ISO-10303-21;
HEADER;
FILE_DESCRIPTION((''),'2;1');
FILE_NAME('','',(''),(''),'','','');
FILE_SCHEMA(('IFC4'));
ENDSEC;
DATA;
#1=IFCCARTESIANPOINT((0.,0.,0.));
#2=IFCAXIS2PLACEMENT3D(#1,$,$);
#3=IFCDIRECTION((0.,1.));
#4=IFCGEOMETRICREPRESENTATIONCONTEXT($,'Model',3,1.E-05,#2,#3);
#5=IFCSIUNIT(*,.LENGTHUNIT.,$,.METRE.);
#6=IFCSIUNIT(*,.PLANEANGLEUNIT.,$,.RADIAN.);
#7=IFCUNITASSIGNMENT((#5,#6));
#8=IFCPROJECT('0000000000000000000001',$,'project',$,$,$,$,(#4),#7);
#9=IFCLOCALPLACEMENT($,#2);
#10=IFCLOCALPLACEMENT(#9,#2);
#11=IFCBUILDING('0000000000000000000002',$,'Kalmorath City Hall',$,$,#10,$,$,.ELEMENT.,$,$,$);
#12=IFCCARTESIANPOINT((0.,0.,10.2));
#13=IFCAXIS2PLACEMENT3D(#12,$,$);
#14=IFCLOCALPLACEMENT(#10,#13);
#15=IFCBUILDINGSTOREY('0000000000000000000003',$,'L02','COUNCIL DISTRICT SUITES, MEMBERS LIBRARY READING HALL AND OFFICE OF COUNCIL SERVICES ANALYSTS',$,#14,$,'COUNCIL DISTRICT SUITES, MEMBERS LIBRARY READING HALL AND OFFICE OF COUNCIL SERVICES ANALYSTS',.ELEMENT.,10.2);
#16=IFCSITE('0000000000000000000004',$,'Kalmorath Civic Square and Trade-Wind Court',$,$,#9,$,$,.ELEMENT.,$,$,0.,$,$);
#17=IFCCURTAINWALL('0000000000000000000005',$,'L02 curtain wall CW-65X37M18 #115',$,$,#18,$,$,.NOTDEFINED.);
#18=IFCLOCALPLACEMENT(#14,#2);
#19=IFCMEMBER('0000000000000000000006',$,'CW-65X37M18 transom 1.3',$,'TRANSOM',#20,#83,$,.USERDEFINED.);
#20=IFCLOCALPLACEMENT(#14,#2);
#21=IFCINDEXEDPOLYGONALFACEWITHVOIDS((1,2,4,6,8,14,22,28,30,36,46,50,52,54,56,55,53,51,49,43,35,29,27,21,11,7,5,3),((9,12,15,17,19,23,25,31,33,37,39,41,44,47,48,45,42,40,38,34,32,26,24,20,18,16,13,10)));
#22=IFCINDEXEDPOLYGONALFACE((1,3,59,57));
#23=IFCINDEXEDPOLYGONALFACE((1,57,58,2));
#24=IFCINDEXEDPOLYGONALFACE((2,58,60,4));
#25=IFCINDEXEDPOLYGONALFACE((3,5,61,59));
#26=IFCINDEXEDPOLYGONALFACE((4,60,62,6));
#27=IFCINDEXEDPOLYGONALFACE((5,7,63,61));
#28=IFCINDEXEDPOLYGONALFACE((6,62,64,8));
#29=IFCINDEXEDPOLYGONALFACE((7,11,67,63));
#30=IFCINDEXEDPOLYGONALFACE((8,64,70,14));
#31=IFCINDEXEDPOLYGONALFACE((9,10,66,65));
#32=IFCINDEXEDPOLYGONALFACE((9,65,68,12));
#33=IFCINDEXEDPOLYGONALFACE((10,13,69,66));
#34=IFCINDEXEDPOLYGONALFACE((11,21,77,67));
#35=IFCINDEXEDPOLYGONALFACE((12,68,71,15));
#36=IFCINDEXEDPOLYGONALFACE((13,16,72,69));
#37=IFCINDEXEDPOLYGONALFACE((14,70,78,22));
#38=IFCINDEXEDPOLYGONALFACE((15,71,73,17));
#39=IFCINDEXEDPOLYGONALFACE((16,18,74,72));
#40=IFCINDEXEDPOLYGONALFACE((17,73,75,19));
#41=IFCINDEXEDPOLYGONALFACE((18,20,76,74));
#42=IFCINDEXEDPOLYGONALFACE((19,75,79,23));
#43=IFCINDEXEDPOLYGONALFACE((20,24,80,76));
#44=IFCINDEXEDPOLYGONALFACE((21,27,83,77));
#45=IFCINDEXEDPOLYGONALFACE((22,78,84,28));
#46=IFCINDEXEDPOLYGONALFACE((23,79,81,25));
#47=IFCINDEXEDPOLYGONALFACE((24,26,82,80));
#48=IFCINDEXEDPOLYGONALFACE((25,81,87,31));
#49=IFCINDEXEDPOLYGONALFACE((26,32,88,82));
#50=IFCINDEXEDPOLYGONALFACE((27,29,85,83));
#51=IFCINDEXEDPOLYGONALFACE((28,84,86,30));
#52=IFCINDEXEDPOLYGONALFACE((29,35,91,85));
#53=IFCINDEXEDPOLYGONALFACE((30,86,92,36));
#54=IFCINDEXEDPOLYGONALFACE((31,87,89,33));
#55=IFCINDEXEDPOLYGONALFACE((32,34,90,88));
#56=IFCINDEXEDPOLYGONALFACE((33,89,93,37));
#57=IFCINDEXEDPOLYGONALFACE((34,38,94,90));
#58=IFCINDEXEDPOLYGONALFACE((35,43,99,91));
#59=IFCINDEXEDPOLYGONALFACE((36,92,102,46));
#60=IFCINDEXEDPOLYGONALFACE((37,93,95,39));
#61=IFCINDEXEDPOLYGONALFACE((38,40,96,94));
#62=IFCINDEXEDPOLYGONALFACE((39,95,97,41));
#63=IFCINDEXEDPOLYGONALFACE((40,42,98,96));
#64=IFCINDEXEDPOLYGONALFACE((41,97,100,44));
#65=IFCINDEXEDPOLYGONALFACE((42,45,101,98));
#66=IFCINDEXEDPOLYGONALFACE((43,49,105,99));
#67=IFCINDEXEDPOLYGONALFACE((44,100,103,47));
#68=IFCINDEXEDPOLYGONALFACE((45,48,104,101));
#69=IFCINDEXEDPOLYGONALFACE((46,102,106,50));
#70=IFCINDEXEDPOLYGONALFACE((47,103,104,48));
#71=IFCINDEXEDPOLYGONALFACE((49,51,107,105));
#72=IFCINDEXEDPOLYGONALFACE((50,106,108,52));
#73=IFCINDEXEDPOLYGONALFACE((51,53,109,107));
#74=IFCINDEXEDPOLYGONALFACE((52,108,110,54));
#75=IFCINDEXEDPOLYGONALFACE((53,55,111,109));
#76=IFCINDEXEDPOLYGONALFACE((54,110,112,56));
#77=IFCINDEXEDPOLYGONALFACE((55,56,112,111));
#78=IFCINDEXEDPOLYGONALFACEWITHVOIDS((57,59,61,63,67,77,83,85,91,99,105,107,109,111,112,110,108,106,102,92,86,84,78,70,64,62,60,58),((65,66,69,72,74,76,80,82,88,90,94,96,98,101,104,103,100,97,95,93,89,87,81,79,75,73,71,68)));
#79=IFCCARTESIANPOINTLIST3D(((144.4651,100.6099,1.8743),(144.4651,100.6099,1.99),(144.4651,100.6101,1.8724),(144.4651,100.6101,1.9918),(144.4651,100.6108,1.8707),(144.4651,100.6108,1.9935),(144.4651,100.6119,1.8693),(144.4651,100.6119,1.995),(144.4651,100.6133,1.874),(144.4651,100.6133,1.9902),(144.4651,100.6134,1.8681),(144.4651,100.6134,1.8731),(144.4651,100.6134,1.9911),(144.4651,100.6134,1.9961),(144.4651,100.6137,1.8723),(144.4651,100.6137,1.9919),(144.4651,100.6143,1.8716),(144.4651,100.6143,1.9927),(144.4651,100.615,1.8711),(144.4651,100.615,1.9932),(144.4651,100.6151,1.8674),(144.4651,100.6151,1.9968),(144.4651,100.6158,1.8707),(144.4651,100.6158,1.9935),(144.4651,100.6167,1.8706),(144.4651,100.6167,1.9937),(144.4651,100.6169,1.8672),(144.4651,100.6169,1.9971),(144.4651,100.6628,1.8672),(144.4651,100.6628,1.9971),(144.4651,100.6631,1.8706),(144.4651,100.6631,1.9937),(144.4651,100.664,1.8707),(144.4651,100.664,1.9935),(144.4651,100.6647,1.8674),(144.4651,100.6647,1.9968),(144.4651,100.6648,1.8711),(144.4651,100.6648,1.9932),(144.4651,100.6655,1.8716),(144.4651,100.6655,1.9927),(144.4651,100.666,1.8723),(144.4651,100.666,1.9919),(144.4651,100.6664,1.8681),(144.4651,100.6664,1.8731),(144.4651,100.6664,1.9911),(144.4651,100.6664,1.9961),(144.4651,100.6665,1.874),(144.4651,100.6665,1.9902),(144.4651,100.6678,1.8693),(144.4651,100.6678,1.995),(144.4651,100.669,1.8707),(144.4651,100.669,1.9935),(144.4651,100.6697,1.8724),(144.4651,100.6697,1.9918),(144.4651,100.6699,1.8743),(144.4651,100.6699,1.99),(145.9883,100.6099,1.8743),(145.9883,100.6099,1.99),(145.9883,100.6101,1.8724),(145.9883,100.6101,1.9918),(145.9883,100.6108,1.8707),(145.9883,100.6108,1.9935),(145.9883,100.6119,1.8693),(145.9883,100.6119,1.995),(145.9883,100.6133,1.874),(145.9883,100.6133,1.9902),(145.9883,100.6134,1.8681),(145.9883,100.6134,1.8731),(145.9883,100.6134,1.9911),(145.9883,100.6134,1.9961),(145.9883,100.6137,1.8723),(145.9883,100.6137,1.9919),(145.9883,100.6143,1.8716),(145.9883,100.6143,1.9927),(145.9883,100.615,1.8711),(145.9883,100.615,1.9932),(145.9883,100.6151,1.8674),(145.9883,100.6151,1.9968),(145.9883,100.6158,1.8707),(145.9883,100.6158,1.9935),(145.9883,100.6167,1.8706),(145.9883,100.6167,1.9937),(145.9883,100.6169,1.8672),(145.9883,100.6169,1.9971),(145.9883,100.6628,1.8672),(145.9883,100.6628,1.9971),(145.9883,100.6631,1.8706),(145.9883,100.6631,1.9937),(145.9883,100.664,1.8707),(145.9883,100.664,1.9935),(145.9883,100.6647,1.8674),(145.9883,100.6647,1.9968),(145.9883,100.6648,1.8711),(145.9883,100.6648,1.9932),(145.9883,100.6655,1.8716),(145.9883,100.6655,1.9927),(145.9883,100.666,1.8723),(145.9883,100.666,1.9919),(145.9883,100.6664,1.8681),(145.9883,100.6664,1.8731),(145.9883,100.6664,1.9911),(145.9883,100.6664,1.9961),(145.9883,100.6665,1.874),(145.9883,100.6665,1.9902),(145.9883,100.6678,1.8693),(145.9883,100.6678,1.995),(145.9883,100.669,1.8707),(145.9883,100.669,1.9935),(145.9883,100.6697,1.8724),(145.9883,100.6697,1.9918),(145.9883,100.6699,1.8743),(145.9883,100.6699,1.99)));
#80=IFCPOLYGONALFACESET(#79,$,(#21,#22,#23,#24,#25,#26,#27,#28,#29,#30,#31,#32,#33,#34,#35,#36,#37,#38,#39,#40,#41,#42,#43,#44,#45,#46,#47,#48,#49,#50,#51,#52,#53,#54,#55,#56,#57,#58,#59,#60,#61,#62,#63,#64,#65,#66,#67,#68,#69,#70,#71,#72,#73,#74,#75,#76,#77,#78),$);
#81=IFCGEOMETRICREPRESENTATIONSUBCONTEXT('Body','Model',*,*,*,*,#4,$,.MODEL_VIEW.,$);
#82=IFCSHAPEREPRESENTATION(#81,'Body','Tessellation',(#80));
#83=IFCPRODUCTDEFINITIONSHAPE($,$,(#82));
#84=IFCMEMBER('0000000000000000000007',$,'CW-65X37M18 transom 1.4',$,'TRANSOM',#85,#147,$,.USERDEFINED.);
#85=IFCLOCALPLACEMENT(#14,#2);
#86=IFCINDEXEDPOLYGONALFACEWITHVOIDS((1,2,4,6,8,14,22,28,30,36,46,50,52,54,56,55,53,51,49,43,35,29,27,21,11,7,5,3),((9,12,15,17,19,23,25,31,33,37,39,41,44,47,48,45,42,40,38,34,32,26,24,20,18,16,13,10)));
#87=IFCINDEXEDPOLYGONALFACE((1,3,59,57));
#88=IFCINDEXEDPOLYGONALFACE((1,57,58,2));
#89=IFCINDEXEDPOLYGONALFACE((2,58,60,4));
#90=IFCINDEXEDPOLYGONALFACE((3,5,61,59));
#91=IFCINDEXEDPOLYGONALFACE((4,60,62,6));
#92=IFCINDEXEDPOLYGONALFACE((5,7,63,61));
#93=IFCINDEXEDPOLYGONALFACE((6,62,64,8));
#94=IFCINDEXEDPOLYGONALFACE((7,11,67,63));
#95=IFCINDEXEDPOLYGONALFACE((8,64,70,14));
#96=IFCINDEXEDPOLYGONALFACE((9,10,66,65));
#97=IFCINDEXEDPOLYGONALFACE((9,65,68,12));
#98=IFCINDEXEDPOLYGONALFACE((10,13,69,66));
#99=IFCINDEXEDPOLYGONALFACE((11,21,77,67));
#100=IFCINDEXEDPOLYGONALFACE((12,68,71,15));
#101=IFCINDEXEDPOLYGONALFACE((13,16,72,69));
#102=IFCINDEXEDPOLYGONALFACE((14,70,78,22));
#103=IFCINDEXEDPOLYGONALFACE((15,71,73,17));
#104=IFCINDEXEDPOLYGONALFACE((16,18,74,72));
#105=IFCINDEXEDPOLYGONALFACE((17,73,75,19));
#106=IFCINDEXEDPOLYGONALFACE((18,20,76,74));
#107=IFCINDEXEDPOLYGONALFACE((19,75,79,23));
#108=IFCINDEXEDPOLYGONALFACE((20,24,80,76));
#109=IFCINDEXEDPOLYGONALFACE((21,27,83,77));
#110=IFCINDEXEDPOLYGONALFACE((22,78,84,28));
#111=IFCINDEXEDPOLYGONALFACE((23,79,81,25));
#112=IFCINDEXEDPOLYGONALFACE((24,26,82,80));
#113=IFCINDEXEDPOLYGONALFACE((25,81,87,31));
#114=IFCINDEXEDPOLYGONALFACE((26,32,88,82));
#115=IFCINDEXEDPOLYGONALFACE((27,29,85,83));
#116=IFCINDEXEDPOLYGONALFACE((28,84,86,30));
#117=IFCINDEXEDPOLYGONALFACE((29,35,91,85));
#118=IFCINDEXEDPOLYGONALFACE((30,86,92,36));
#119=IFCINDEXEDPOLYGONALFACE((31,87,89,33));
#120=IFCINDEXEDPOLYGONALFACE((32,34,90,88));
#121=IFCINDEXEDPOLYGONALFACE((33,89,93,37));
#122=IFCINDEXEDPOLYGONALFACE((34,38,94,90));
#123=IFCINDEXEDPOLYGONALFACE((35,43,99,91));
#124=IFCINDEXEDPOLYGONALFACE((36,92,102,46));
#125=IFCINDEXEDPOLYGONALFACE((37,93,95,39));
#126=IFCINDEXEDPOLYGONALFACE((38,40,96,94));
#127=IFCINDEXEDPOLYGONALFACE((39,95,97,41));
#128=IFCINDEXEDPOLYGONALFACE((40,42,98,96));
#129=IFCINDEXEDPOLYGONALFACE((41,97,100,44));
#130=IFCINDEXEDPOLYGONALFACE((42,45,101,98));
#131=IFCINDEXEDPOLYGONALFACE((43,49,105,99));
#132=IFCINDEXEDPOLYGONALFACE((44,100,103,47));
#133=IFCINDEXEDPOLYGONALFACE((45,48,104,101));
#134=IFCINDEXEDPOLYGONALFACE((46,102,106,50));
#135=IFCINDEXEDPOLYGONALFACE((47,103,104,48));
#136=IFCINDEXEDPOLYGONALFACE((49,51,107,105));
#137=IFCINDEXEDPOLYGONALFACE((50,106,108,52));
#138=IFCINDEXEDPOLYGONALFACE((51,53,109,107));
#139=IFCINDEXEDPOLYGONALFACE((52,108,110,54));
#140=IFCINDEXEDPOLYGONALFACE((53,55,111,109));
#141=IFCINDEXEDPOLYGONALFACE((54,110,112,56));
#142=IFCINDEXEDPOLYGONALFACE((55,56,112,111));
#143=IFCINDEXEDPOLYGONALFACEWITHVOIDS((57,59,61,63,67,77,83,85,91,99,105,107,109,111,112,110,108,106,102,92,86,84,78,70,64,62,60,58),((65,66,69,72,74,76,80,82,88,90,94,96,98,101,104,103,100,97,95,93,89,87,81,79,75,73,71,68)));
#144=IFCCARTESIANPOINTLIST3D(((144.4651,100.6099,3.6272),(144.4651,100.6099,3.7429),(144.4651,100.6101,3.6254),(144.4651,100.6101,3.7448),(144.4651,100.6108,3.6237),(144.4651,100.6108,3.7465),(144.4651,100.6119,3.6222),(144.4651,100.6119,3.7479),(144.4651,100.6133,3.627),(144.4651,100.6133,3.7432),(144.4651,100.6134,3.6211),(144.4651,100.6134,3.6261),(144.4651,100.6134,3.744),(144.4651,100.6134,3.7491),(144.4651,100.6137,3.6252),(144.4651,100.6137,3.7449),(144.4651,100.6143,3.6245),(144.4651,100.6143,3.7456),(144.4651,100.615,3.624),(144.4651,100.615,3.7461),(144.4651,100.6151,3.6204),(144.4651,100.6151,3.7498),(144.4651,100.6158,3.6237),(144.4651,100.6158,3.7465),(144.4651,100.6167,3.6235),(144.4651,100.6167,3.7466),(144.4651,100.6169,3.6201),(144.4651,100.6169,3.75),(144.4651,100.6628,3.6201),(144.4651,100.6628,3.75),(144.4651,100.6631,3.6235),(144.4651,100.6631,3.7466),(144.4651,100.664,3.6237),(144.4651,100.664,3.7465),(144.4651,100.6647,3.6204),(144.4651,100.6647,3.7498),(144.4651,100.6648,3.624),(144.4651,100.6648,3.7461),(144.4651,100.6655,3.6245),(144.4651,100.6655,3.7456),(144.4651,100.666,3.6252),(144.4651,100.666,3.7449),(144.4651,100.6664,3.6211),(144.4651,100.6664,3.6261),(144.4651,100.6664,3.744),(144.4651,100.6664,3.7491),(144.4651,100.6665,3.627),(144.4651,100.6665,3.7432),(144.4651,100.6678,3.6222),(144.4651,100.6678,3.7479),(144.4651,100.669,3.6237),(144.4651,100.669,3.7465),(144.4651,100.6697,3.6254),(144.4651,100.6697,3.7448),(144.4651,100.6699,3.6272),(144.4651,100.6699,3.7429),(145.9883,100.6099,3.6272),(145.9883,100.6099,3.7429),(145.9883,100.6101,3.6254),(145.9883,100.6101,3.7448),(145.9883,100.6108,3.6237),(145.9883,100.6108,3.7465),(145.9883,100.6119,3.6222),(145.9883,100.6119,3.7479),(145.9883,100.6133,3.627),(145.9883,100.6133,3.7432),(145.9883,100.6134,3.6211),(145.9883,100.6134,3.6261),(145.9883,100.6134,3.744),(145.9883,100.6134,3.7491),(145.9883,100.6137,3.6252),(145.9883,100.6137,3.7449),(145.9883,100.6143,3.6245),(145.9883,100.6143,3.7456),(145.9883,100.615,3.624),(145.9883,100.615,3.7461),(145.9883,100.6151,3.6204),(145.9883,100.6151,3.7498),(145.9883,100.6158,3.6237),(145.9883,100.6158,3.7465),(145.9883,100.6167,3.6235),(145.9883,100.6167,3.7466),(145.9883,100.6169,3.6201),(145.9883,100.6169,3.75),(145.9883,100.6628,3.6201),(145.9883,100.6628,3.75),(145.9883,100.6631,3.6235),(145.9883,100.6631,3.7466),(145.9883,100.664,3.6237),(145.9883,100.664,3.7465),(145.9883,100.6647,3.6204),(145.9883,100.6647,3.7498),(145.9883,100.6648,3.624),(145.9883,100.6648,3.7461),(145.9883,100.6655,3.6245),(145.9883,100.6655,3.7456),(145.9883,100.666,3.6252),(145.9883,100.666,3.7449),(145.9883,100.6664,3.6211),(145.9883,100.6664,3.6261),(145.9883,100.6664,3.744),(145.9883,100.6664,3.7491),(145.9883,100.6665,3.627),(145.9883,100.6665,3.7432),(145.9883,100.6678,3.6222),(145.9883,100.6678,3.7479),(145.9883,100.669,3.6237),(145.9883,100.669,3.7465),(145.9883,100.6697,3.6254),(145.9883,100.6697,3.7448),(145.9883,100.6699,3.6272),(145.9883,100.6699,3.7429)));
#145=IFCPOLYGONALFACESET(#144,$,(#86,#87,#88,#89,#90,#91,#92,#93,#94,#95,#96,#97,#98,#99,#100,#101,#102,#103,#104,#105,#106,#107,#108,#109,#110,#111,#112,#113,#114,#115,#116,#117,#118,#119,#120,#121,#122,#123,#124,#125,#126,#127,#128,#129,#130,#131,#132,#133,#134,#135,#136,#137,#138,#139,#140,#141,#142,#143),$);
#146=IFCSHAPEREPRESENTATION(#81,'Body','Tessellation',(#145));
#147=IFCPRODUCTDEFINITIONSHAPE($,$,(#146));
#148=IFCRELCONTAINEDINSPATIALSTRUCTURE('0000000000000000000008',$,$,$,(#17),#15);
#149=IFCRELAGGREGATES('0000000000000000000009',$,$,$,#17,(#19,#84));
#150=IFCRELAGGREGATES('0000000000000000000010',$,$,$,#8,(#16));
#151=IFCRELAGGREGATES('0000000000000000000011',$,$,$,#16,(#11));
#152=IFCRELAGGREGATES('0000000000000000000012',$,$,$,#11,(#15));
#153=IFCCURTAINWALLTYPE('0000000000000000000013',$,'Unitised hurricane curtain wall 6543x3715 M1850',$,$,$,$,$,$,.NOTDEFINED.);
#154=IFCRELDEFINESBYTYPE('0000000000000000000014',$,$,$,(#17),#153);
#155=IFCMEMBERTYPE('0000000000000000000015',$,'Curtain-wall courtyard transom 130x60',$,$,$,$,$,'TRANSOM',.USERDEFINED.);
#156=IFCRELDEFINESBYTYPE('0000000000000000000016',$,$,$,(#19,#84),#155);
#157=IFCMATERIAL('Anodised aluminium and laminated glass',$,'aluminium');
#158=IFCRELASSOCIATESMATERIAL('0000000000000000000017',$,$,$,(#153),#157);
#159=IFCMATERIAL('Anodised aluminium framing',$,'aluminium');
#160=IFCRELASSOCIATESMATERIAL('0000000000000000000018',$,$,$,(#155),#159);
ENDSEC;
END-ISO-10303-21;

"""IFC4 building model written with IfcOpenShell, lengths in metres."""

from ifc_helpers import new_model, si_unit, direction, frame, origin, origin_2d, place, context, subcontext, project, spatial, hollow_rectangle, extrude, material, material_profile, profile_set, type_object, element, aggregate, save


model = new_model("IFC4")

# Units and contexts
model_context = context("Model", 3, precision=1e-05, world=origin(), true_north=direction((0.0, 1.0)))
body_context = subcontext(model_context, "Body", "Model", "MODEL_VIEW")
ifc_project = project(units=[si_unit("LENGTHUNIT", "METRE"), si_unit("PLANEANGLEUNIT", "RADIAN")], contexts=[model_context])

# Site, building, storey
site_placement = place(None, origin())
site = spatial("IfcSite", under=ifc_project, at=site_placement, Name="Kalmorath Civic Square and Trade-Wind Court", CompositionType="ELEMENT", RefElevation=0.0)
building_placement = place(site_placement, origin())
building = spatial("IfcBuilding", under=site, at=building_placement, Name="Kalmorath City Hall", CompositionType="ELEMENT")
storey_placement = place(building_placement, frame((0.0, 0.0, 10.2)))
storey = spatial("IfcBuildingStorey", under=building, at=storey_placement, Name="L02", Description="COUNCIL DISTRICT SUITES, MEMBERS LIBRARY READING HALL AND OFFICE OF COUNCIL SERVICES ANALYSTS", LongName="COUNCIL DISTRICT SUITES, MEMBERS LIBRARY READING HALL AND OFFICE OF COUNCIL SERVICES ANALYSTS", CompositionType="ELEMENT", Elevation=10.2)

# Curtain wall, members
ifc_material_1 = material(Name="Anodised aluminium and laminated glass", Category="aluminium")
curtain_wall_type = type_object("IfcCurtainWallType", Name="Unitised hurricane curtain wall 6543x3715 M1850", PredefinedType="NOTDEFINED", material=ifc_material_1)
curtain_wall_placement = place(storey_placement, origin())
curtain_wall = element("IfcCurtainWall", 1, at=curtain_wall_placement, inside=storey, type_object=curtain_wall_type, Name="L02 curtain wall CW-65X37M18 #115", PredefinedType="NOTDEFINED")
ifc_material_2 = material(Name="Anodised aluminium framing", Category="aluminium")
ifc_material_profile_1 = material_profile(ifc_material_2, hollow_rectangle(XDim=0.0601, YDim=0.1299, WallThickness=0.0034, InnerFilletRadius=0.0034, OuterFilletRadius=0.0071, at=origin_2d()), Name="ALU-TRN-130X60X3.5")
ifc_profile_set_1 = profile_set([ifc_material_profile_1], Name="Anodised aluminium framing")
member_type_1 = type_object("IfcMemberType", Name="Curtain-wall courtyard transom 130x60", ElementType="TRANSOM", PredefinedType="USERDEFINED", material=ifc_profile_set_1)
member_1_placement = place(storey_placement, frame((144.4651, 100.6399, 1.9321), z_axis=(1.0, 0.0, 0.0), x_axis=(0.0, 1.0, 0.0)))
member_1 = element("IfcMember", 2, at=member_1_placement, type_object=member_type_1, Name="CW-65X37M18 transom 1.3", ObjectType="TRANSOM", PredefinedType="USERDEFINED", context=body_context, shape_type="SweptSolid", body=[
    extrude(hollow_rectangle(XDim=0.0601, YDim=0.1299, WallThickness=0.0034, InnerFilletRadius=0.0034, OuterFilletRadius=0.0071, at=origin_2d()), origin(), (0.0, 0.0, 1.0), 1.5232),
])
member_2_placement = place(storey_placement, frame((144.4651, 100.6399, 3.6851), z_axis=(1.0, 0.0, 0.0), x_axis=(0.0, 1.0, 0.0)))
member_2 = element("IfcMember", 3, at=member_2_placement, type_object=member_type_1, Name="CW-65X37M18 transom 1.4", ObjectType="TRANSOM", PredefinedType="USERDEFINED", context=body_context, shape_type="SweptSolid", body=[
    extrude(hollow_rectangle(XDim=0.0601, YDim=0.1299, WallThickness=0.0034, InnerFilletRadius=0.0034, OuterFilletRadius=0.0071, at=origin_2d()), origin(), (0.0, 0.0, 1.0), 1.5232),
])

aggregate(curtain_wall, [member_1, member_2])

save(model, "model.ifc")
